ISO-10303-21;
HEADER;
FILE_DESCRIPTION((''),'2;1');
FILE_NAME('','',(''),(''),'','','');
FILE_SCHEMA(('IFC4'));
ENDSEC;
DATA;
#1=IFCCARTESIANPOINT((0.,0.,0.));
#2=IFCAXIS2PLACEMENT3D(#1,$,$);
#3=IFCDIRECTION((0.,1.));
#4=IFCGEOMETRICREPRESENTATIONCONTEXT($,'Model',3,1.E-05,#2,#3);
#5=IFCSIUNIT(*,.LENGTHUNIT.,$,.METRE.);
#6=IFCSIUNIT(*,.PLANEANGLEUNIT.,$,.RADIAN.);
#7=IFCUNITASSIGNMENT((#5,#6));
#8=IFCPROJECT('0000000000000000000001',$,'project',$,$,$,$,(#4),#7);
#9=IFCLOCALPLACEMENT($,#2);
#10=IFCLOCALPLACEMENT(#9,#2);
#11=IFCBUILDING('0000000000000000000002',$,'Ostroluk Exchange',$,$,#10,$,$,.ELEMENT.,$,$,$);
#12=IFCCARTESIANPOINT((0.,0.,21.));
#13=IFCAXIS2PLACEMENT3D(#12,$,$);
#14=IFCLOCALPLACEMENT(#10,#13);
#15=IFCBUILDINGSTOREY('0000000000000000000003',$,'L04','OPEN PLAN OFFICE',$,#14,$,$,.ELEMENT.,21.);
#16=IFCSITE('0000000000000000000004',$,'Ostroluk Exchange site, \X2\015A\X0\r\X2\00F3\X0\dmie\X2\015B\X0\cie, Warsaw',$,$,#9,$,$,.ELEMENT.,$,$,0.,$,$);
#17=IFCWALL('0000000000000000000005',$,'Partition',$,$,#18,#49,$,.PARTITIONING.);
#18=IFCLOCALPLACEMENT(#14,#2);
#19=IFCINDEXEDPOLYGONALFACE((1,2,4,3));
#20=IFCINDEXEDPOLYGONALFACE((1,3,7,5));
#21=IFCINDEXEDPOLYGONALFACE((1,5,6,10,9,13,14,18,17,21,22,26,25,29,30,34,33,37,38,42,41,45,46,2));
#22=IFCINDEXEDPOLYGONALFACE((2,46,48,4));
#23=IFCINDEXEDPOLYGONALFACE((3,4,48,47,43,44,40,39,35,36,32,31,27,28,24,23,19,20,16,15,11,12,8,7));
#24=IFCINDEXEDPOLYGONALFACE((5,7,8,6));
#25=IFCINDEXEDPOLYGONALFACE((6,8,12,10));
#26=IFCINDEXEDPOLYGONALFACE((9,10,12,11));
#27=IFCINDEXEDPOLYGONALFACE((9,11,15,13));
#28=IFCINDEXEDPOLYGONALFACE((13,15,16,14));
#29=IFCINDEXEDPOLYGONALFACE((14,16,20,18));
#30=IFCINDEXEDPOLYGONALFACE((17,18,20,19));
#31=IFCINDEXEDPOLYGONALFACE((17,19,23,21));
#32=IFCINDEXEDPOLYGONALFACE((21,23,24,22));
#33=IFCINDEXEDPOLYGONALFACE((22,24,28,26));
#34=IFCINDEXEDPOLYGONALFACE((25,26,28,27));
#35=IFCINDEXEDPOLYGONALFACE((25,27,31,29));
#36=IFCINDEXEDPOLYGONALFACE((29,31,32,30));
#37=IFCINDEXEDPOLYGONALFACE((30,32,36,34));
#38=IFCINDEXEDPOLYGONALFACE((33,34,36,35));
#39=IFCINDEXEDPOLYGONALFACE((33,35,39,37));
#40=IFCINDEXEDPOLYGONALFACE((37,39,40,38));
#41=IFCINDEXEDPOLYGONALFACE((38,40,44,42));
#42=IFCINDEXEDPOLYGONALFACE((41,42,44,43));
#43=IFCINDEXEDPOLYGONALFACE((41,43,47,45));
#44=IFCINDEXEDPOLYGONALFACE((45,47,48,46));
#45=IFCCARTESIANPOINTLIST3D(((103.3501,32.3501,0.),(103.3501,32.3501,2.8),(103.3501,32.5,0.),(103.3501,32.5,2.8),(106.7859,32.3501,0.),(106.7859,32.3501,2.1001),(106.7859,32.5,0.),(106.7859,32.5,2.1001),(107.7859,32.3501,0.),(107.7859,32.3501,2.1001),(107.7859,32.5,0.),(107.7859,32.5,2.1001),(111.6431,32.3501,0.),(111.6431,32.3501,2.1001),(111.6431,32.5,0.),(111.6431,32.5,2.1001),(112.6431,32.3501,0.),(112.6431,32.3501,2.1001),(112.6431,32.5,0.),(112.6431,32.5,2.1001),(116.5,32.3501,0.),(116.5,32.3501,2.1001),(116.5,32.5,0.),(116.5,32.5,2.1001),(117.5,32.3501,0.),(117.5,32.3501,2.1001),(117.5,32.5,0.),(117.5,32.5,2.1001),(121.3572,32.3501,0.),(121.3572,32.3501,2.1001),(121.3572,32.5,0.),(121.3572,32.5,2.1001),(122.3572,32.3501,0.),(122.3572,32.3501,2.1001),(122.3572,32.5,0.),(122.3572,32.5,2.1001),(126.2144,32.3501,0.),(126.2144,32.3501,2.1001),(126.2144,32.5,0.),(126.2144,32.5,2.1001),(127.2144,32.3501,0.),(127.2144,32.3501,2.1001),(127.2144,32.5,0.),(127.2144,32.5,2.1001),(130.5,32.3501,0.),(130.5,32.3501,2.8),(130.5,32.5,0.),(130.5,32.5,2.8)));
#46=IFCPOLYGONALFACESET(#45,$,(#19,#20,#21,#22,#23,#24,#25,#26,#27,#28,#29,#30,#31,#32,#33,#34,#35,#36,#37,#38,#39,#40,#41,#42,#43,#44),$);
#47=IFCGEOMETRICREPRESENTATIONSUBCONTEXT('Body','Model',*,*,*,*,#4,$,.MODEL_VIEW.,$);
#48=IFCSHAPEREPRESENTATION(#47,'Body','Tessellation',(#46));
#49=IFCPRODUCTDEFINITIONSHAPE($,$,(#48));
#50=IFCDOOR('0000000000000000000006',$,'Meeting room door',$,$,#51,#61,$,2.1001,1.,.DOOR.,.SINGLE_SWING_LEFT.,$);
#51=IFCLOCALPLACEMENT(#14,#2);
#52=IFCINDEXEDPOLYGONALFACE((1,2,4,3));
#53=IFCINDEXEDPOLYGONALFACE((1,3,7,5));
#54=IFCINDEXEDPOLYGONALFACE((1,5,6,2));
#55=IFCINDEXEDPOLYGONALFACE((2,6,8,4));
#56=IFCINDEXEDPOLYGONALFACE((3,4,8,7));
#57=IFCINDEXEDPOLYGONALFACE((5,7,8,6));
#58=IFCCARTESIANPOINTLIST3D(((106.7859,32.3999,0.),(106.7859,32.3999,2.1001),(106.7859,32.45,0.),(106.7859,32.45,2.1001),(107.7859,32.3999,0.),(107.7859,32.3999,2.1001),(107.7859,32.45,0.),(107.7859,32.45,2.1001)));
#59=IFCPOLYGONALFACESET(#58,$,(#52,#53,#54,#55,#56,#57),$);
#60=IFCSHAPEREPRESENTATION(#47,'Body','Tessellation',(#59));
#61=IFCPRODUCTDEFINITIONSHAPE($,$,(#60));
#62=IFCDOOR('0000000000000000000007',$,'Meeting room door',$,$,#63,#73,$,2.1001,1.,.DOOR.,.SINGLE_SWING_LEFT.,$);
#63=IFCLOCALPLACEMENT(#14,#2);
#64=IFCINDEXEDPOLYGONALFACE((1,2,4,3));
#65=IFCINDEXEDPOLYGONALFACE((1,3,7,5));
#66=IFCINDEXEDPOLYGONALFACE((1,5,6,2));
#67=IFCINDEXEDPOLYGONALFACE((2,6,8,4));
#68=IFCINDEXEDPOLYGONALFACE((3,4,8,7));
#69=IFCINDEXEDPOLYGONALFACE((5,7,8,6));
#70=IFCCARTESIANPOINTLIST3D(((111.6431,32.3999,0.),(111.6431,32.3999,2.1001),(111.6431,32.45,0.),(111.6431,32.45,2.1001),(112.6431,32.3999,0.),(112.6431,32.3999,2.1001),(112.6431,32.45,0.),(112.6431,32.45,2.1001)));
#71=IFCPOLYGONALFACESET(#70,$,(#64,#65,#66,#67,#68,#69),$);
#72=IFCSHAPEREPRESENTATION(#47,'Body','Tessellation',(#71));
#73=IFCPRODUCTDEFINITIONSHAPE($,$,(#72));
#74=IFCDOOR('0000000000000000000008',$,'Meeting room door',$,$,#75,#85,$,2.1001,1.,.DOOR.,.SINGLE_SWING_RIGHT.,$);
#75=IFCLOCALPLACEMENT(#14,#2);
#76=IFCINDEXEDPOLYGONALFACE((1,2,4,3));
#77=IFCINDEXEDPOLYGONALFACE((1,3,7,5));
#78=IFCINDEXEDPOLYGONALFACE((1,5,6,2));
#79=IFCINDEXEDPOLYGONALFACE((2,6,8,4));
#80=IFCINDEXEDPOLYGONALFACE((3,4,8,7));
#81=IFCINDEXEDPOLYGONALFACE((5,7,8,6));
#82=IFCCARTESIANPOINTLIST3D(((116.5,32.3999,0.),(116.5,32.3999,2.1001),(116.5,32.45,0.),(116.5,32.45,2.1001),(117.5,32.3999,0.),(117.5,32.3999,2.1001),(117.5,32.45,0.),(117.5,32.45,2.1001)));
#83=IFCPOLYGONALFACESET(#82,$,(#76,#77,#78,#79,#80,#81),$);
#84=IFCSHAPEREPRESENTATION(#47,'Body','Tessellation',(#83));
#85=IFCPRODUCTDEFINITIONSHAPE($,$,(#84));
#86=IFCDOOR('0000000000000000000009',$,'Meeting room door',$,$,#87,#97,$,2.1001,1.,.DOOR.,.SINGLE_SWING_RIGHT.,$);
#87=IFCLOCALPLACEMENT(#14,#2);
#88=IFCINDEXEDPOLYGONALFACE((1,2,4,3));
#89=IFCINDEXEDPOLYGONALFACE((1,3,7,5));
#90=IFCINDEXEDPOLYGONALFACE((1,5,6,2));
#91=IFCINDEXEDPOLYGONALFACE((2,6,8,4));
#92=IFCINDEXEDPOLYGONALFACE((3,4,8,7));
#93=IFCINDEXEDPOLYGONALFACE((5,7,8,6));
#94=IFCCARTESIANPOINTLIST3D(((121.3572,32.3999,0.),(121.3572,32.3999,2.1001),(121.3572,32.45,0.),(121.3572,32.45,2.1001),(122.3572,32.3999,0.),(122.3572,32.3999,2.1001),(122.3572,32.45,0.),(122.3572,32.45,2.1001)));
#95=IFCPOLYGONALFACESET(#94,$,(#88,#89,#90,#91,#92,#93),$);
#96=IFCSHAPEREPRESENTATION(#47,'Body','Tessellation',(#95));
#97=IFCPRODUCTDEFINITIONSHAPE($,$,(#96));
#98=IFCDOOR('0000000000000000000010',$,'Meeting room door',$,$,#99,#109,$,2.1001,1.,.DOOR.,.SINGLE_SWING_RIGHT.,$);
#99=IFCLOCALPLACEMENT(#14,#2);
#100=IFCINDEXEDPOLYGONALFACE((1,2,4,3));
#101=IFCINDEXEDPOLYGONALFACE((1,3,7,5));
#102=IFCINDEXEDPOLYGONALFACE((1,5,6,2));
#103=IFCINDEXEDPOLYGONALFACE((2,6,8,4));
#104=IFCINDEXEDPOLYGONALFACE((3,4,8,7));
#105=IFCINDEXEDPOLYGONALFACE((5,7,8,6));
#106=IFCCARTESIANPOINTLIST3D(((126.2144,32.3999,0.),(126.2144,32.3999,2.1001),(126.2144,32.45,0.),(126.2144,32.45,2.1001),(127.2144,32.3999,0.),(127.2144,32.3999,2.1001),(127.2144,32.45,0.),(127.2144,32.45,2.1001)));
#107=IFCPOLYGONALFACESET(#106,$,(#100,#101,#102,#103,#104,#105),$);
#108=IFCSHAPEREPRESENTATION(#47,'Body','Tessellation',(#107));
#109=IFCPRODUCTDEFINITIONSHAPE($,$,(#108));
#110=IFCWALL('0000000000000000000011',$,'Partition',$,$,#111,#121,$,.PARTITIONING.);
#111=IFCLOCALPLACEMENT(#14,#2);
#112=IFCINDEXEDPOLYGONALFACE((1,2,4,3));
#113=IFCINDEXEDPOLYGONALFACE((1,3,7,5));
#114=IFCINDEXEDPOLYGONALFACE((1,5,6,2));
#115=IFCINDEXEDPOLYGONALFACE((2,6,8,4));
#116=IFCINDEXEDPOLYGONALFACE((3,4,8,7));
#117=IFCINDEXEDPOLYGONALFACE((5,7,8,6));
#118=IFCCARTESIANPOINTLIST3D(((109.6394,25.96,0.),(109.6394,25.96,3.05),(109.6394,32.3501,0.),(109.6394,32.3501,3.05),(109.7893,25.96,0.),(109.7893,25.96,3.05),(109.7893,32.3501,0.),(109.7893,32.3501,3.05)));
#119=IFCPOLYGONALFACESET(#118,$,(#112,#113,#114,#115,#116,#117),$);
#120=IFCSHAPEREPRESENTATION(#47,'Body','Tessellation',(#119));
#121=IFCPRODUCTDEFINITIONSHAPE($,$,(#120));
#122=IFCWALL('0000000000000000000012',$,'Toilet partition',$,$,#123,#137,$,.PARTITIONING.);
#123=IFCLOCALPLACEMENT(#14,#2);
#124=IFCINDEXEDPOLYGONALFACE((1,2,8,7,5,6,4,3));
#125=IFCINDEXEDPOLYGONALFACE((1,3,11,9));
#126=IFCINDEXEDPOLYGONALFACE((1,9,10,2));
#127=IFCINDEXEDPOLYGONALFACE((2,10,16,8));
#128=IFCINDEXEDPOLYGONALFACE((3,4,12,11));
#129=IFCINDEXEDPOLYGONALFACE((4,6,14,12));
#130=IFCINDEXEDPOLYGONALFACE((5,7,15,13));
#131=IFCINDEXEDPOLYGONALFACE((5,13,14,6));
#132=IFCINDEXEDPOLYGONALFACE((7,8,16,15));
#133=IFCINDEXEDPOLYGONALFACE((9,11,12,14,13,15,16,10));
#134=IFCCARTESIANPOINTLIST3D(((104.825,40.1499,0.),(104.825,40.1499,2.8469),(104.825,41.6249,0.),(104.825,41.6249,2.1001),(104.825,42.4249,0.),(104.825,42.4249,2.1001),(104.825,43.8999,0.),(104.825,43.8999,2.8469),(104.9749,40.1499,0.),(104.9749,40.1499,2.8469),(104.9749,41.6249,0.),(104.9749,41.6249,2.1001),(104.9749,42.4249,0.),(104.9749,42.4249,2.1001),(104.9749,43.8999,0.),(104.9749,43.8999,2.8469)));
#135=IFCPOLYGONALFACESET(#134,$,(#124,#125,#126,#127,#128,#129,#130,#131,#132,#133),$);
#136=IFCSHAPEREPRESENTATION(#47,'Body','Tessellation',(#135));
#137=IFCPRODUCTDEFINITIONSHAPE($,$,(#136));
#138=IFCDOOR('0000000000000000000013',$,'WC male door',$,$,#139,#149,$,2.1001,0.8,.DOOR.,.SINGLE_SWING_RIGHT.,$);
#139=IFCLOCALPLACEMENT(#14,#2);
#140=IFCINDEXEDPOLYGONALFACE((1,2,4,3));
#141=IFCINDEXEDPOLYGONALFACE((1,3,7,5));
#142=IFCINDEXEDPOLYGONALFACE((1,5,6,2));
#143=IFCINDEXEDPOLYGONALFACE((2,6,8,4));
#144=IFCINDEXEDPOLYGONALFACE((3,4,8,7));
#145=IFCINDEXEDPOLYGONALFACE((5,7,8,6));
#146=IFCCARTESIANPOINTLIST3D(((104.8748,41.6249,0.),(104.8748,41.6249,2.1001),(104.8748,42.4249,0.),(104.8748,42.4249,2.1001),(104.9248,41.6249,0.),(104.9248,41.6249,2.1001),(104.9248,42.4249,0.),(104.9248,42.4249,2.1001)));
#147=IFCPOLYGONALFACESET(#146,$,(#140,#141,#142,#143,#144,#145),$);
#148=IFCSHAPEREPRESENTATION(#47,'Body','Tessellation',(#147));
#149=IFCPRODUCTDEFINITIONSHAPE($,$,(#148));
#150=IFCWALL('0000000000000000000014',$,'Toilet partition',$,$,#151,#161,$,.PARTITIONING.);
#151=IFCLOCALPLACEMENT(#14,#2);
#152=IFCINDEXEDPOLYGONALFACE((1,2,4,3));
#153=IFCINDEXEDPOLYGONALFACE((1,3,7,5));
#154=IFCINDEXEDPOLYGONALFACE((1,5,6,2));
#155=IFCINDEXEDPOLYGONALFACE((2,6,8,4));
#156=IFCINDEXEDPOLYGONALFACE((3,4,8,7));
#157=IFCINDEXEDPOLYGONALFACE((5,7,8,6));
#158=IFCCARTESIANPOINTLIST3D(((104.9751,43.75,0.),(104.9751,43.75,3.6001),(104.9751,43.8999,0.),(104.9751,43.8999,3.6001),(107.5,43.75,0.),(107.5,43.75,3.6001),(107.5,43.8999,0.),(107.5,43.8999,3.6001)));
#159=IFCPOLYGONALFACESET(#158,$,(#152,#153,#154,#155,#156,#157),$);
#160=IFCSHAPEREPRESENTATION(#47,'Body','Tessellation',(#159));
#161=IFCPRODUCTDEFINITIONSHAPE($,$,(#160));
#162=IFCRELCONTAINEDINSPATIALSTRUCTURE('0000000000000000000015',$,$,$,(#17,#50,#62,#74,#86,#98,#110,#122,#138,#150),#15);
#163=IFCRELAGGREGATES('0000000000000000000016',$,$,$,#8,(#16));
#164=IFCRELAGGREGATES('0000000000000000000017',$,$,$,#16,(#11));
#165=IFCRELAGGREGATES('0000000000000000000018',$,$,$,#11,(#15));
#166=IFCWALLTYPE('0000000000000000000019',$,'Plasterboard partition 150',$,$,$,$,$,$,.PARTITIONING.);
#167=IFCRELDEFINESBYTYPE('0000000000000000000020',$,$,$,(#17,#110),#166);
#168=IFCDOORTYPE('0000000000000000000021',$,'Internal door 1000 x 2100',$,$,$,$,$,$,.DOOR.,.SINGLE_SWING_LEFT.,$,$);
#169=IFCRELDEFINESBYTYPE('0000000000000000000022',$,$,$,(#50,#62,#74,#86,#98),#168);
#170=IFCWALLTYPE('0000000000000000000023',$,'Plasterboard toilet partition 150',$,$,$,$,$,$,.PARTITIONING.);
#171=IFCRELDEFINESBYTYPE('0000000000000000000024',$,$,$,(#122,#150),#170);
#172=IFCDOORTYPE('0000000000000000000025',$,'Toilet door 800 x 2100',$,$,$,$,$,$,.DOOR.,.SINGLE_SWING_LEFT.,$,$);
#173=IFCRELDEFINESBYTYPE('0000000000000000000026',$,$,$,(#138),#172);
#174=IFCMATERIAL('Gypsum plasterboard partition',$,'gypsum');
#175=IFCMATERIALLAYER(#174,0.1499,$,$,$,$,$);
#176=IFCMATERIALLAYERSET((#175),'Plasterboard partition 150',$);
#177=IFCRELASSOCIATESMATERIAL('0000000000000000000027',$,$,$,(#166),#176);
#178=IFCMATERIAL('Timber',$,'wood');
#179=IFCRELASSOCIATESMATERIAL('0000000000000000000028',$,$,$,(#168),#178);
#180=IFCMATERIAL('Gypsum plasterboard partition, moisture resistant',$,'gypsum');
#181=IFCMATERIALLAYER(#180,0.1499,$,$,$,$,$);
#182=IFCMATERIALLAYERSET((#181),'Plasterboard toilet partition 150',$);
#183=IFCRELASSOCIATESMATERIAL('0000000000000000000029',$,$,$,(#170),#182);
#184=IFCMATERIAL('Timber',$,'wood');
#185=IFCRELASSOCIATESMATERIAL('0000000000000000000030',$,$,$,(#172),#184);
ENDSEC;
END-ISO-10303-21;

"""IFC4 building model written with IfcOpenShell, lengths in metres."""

from ifc_helpers import new_model, si_unit, direction, frame, frame_2d, origin, place, context, subcontext, project, spatial, rectangle, extrude, material, layer, layer_set, type_object, element, fill, save


model = new_model("IFC4")

# Units and contexts
model_context = context("Model", 3, precision=1e-05, world=origin(), true_north=direction((0.0, 1.0)))
body_context = subcontext(model_context, "Body", "Model", "MODEL_VIEW")
ifc_project = project(units=[si_unit("LENGTHUNIT", "METRE"), si_unit("PLANEANGLEUNIT", "RADIAN")], contexts=[model_context])

# Site, building, storey
site_placement = place(None, origin())
site = spatial("IfcSite", under=ifc_project, at=site_placement, Name="Ostroluk Exchange site, Śródmieście, Warsaw", CompositionType="ELEMENT", RefElevation=0.0)
building_placement = place(site_placement, origin())
building = spatial("IfcBuilding", under=site, at=building_placement, Name="Ostroluk Exchange", CompositionType="ELEMENT")
storey_placement = place(building_placement, frame((0.0, 0.0, 21.0)))
storey = spatial("IfcBuildingStorey", under=building, at=storey_placement, Name="L04", Description="OPEN PLAN OFFICE", CompositionType="ELEMENT", Elevation=21.0)

# Shared definitions
ifc_material_1 = material(Name="Gypsum plasterboard partition", Category="gypsum")
ifc_layer_1 = layer(ifc_material_1, 0.1499)
ifc_layer_set_1 = layer_set([ifc_layer_1], Name="Plasterboard partition 150")
wall_type_1 = type_object("IfcWallType", Name="Plasterboard partition 150", PredefinedType="PARTITIONING", material=ifc_layer_set_1)

# Wall, openings, doors
wall_1_placement = place(storey_placement, frame((103.3501, 32.425, 0.0), z_axis=(0.0, 0.0, 1.0), x_axis=(1.0, 0.0, 0.0)))
wall_1 = element("IfcWall", 1, at=wall_1_placement, inside=storey, type_object=wall_type_1, Name="Partition", PredefinedType="PARTITIONING", context=body_context, shape_type="SweptSolid", body=[
    extrude(rectangle(XDim=27.1499, YDim=0.1499, at=frame_2d((13.575, 0.0))), origin(), (0.0, 0.0, 1.0), 2.8),
])
opening_1_placement = place(wall_1_placement, frame((3.4358, 0.0, 0.0)))
opening_1 = element("IfcOpeningElement", 2, at=opening_1_placement, cuts=wall_1, PredefinedType="OPENING", context=body_context, shape_type="SweptSolid", body=[
    extrude(rectangle(XDim=1.0, YDim=2.1001, at=frame_2d((0.5, 1.05))), frame((0.0, 0.085, 0.0), z_axis=(0.0, -1.0, 0.0), x_axis=(1.0, 0.0, 0.0)), (0.0, 0.0, 1.0), 0.1699),
])
opening_2_placement = place(wall_1_placement, frame((8.293, 0.0, 0.0)))
opening_2 = element("IfcOpeningElement", 3, at=opening_2_placement, cuts=wall_1, PredefinedType="OPENING", context=body_context, shape_type="SweptSolid", body=[
    extrude(rectangle(XDim=1.0, YDim=2.1001, at=frame_2d((0.5, 1.05))), frame((0.0, 0.085, 0.0), z_axis=(0.0, -1.0, 0.0), x_axis=(1.0, 0.0, 0.0)), (0.0, 0.0, 1.0), 0.1699),
])
opening_3_placement = place(wall_1_placement, frame((13.1499, 0.0, 0.0)))
opening_3 = element("IfcOpeningElement", 4, at=opening_3_placement, cuts=wall_1, PredefinedType="OPENING", context=body_context, shape_type="SweptSolid", body=[
    extrude(rectangle(XDim=1.0, YDim=2.1001, at=frame_2d((0.5, 1.05))), frame((0.0, 0.085, 0.0), z_axis=(0.0, -1.0, 0.0), x_axis=(1.0, 0.0, 0.0)), (0.0, 0.0, 1.0), 0.1699),
])
opening_4_placement = place(wall_1_placement, frame((18.0071, 0.0, 0.0)))
opening_4 = element("IfcOpeningElement", 5, at=opening_4_placement, cuts=wall_1, PredefinedType="OPENING", context=body_context, shape_type="SweptSolid", body=[
    extrude(rectangle(XDim=1.0, YDim=2.1001, at=frame_2d((0.5, 1.05))), frame((0.0, 0.085, 0.0), z_axis=(0.0, -1.0, 0.0), x_axis=(1.0, 0.0, 0.0)), (0.0, 0.0, 1.0), 0.1699),
])
opening_5_placement = place(wall_1_placement, frame((22.8643, 0.0, 0.0)))
opening_5 = element("IfcOpeningElement", 6, at=opening_5_placement, cuts=wall_1, PredefinedType="OPENING", context=body_context, shape_type="SweptSolid", body=[
    extrude(rectangle(XDim=1.0, YDim=2.1001, at=frame_2d((0.5, 1.05))), frame((0.0, 0.085, 0.0), z_axis=(0.0, -1.0, 0.0), x_axis=(1.0, 0.0, 0.0)), (0.0, 0.0, 1.0), 0.1699),
])
ifc_material_2 = material(Name="Timber", Category="wood")
door_type_1 = type_object("IfcDoorType", Name="Internal door 1000 x 2100", OperationType="SINGLE_SWING_LEFT", PredefinedType="DOOR", material=ifc_material_2)
door_1_placement = place(opening_1_placement, origin())
door_1 = element("IfcDoor", 7, at=door_1_placement, inside=storey, type_object=door_type_1, Name="Meeting room door", OperationType="SINGLE_SWING_LEFT", OverallHeight=2.1001, OverallWidth=1.0, PredefinedType="DOOR", context=body_context, shape_type="SweptSolid", body=[
    extrude(rectangle(XDim=1.0, YDim=2.1001, at=frame_2d((0.5, 1.05))), frame((0.0, 0.0249, 0.0), z_axis=(0.0, -1.0, 0.0), x_axis=(1.0, 0.0, 0.0)), (0.0, 0.0, 1.0), 0.05),
])
fill(opening_1, door_1)
door_2_placement = place(opening_2_placement, origin())
door_2 = element("IfcDoor", 8, at=door_2_placement, inside=storey, type_object=door_type_1, Name="Meeting room door", OperationType="SINGLE_SWING_LEFT", OverallHeight=2.1001, OverallWidth=1.0, PredefinedType="DOOR", context=body_context, shape_type="SweptSolid", body=[
    extrude(rectangle(XDim=1.0, YDim=2.1001, at=frame_2d((0.5, 1.05))), frame((0.0, 0.0249, 0.0), z_axis=(0.0, -1.0, 0.0), x_axis=(1.0, 0.0, 0.0)), (0.0, 0.0, 1.0), 0.05),
])
fill(opening_2, door_2)
door_3_placement = place(opening_3_placement, origin())
door_3 = element("IfcDoor", 9, at=door_3_placement, inside=storey, type_object=door_type_1, Name="Meeting room door", OperationType="SINGLE_SWING_RIGHT", OverallHeight=2.1001, OverallWidth=1.0, PredefinedType="DOOR", context=body_context, shape_type="SweptSolid", body=[
    extrude(rectangle(XDim=1.0, YDim=2.1001, at=frame_2d((0.5, 1.05))), frame((0.0, 0.0249, 0.0), z_axis=(0.0, -1.0, 0.0), x_axis=(1.0, 0.0, 0.0)), (0.0, 0.0, 1.0), 0.05),
])
fill(opening_3, door_3)
door_4_placement = place(opening_4_placement, origin())
door_4 = element("IfcDoor", 10, at=door_4_placement, inside=storey, type_object=door_type_1, Name="Meeting room door", OperationType="SINGLE_SWING_RIGHT", OverallHeight=2.1001, OverallWidth=1.0, PredefinedType="DOOR", context=body_context, shape_type="SweptSolid", body=[
    extrude(rectangle(XDim=1.0, YDim=2.1001, at=frame_2d((0.5, 1.05))), frame((0.0, 0.0249, 0.0), z_axis=(0.0, -1.0, 0.0), x_axis=(1.0, 0.0, 0.0)), (0.0, 0.0, 1.0), 0.05),
])
fill(opening_4, door_4)
door_5_placement = place(opening_5_placement, origin())
door_5 = element("IfcDoor", 11, at=door_5_placement, inside=storey, type_object=door_type_1, Name="Meeting room door", OperationType="SINGLE_SWING_RIGHT", OverallHeight=2.1001, OverallWidth=1.0, PredefinedType="DOOR", context=body_context, shape_type="SweptSolid", body=[
    extrude(rectangle(XDim=1.0, YDim=2.1001, at=frame_2d((0.5, 1.05))), frame((0.0, 0.0249, 0.0), z_axis=(0.0, -1.0, 0.0), x_axis=(1.0, 0.0, 0.0)), (0.0, 0.0, 1.0), 0.05),
])
fill(opening_5, door_5)

# Wall
wall_2_placement = place(storey_placement, frame((109.7144, 32.3501, 0.0), z_axis=(0.0, 0.0, 1.0), x_axis=(0.0, -1.0, 0.0)))
element("IfcWall", 12, at=wall_2_placement, inside=storey, type_object=wall_type_1, Name="Partition", PredefinedType="PARTITIONING", context=body_context, shape_type="SweptSolid", body=[
    extrude(rectangle(XDim=6.3901, YDim=0.1499, at=frame_2d((3.1951, 0.0))), origin(), (0.0, 0.0, 1.0), 3.05),
])

# Wall, opening, door
ifc_material_3 = material(Name="Gypsum plasterboard partition, moisture resistant", Category="gypsum")
ifc_layer_2 = layer(ifc_material_3, 0.1499)
ifc_layer_set_2 = layer_set([ifc_layer_2], Name="Plasterboard toilet partition 150")
wall_type_2 = type_object("IfcWallType", Name="Plasterboard toilet partition 150", PredefinedType="PARTITIONING", material=ifc_layer_set_2)
wall_3_placement = place(storey_placement, frame((104.8999, 43.8999, 0.0), z_axis=(0.0, 0.0, 1.0), x_axis=(0.0, -1.0, 0.0)))
wall_3 = element("IfcWall", 13, at=wall_3_placement, inside=storey, type_object=wall_type_2, Name="Toilet partition", PredefinedType="PARTITIONING", context=body_context, shape_type="SweptSolid", body=[
    extrude(rectangle(XDim=3.75, YDim=0.1499, at=frame_2d((1.875, 0.0))), origin(), (0.0, 0.0, 1.0), 2.8469),
])
opening_6_placement = place(wall_3_placement, frame((1.4751, 0.0, 0.0)))
opening_6 = element("IfcOpeningElement", 14, at=opening_6_placement, cuts=wall_3, PredefinedType="OPENING", context=body_context, shape_type="SweptSolid", body=[
    extrude(rectangle(XDim=0.8, YDim=2.1001, at=frame_2d((0.3999, 1.05))), frame((0.0, 0.085, 0.0), z_axis=(0.0, -1.0, 0.0), x_axis=(1.0, 0.0, 0.0)), (0.0, 0.0, 1.0), 0.1699),
])
ifc_material_4 = material(Name="Timber", Category="wood")
door_type_2 = type_object("IfcDoorType", Name="Toilet door 800 x 2100", OperationType="SINGLE_SWING_LEFT", PredefinedType="DOOR", material=ifc_material_4)
door_6_placement = place(opening_6_placement, origin())
door_6 = element("IfcDoor", 15, at=door_6_placement, inside=storey, type_object=door_type_2, Name="WC male door", OperationType="SINGLE_SWING_RIGHT", OverallHeight=2.1001, OverallWidth=0.8, PredefinedType="DOOR", context=body_context, shape_type="SweptSolid", body=[
    extrude(rectangle(XDim=0.8, YDim=2.1001, at=frame_2d((0.3999, 1.05))), frame((0.0, 0.0249, 0.0), z_axis=(0.0, -1.0, 0.0), x_axis=(1.0, 0.0, 0.0)), (0.0, 0.0, 1.0), 0.05),
])
fill(opening_6, door_6)

# Wall
for number, where, z_axis, x_axis, name in (
    (16, (104.9751, 43.825, 0.0), (0.0, 0.0, 1.0), (1.0, 0.0, 0.0), "Toilet partition"),
):
    element("IfcWall", number, at=place(storey_placement, frame(where, z_axis=z_axis, x_axis=x_axis)), inside=storey, type_object=wall_type_2, Name=name, PredefinedType="PARTITIONING", context=body_context, shape_type="SweptSolid", body=[
        extrude(rectangle(XDim=2.5249, YDim=0.1499, at=frame_2d((1.2625, 0.0))), origin(), (0.0, 0.0, 1.0), 3.6001),
    ])

save(model, "model.ifc")
